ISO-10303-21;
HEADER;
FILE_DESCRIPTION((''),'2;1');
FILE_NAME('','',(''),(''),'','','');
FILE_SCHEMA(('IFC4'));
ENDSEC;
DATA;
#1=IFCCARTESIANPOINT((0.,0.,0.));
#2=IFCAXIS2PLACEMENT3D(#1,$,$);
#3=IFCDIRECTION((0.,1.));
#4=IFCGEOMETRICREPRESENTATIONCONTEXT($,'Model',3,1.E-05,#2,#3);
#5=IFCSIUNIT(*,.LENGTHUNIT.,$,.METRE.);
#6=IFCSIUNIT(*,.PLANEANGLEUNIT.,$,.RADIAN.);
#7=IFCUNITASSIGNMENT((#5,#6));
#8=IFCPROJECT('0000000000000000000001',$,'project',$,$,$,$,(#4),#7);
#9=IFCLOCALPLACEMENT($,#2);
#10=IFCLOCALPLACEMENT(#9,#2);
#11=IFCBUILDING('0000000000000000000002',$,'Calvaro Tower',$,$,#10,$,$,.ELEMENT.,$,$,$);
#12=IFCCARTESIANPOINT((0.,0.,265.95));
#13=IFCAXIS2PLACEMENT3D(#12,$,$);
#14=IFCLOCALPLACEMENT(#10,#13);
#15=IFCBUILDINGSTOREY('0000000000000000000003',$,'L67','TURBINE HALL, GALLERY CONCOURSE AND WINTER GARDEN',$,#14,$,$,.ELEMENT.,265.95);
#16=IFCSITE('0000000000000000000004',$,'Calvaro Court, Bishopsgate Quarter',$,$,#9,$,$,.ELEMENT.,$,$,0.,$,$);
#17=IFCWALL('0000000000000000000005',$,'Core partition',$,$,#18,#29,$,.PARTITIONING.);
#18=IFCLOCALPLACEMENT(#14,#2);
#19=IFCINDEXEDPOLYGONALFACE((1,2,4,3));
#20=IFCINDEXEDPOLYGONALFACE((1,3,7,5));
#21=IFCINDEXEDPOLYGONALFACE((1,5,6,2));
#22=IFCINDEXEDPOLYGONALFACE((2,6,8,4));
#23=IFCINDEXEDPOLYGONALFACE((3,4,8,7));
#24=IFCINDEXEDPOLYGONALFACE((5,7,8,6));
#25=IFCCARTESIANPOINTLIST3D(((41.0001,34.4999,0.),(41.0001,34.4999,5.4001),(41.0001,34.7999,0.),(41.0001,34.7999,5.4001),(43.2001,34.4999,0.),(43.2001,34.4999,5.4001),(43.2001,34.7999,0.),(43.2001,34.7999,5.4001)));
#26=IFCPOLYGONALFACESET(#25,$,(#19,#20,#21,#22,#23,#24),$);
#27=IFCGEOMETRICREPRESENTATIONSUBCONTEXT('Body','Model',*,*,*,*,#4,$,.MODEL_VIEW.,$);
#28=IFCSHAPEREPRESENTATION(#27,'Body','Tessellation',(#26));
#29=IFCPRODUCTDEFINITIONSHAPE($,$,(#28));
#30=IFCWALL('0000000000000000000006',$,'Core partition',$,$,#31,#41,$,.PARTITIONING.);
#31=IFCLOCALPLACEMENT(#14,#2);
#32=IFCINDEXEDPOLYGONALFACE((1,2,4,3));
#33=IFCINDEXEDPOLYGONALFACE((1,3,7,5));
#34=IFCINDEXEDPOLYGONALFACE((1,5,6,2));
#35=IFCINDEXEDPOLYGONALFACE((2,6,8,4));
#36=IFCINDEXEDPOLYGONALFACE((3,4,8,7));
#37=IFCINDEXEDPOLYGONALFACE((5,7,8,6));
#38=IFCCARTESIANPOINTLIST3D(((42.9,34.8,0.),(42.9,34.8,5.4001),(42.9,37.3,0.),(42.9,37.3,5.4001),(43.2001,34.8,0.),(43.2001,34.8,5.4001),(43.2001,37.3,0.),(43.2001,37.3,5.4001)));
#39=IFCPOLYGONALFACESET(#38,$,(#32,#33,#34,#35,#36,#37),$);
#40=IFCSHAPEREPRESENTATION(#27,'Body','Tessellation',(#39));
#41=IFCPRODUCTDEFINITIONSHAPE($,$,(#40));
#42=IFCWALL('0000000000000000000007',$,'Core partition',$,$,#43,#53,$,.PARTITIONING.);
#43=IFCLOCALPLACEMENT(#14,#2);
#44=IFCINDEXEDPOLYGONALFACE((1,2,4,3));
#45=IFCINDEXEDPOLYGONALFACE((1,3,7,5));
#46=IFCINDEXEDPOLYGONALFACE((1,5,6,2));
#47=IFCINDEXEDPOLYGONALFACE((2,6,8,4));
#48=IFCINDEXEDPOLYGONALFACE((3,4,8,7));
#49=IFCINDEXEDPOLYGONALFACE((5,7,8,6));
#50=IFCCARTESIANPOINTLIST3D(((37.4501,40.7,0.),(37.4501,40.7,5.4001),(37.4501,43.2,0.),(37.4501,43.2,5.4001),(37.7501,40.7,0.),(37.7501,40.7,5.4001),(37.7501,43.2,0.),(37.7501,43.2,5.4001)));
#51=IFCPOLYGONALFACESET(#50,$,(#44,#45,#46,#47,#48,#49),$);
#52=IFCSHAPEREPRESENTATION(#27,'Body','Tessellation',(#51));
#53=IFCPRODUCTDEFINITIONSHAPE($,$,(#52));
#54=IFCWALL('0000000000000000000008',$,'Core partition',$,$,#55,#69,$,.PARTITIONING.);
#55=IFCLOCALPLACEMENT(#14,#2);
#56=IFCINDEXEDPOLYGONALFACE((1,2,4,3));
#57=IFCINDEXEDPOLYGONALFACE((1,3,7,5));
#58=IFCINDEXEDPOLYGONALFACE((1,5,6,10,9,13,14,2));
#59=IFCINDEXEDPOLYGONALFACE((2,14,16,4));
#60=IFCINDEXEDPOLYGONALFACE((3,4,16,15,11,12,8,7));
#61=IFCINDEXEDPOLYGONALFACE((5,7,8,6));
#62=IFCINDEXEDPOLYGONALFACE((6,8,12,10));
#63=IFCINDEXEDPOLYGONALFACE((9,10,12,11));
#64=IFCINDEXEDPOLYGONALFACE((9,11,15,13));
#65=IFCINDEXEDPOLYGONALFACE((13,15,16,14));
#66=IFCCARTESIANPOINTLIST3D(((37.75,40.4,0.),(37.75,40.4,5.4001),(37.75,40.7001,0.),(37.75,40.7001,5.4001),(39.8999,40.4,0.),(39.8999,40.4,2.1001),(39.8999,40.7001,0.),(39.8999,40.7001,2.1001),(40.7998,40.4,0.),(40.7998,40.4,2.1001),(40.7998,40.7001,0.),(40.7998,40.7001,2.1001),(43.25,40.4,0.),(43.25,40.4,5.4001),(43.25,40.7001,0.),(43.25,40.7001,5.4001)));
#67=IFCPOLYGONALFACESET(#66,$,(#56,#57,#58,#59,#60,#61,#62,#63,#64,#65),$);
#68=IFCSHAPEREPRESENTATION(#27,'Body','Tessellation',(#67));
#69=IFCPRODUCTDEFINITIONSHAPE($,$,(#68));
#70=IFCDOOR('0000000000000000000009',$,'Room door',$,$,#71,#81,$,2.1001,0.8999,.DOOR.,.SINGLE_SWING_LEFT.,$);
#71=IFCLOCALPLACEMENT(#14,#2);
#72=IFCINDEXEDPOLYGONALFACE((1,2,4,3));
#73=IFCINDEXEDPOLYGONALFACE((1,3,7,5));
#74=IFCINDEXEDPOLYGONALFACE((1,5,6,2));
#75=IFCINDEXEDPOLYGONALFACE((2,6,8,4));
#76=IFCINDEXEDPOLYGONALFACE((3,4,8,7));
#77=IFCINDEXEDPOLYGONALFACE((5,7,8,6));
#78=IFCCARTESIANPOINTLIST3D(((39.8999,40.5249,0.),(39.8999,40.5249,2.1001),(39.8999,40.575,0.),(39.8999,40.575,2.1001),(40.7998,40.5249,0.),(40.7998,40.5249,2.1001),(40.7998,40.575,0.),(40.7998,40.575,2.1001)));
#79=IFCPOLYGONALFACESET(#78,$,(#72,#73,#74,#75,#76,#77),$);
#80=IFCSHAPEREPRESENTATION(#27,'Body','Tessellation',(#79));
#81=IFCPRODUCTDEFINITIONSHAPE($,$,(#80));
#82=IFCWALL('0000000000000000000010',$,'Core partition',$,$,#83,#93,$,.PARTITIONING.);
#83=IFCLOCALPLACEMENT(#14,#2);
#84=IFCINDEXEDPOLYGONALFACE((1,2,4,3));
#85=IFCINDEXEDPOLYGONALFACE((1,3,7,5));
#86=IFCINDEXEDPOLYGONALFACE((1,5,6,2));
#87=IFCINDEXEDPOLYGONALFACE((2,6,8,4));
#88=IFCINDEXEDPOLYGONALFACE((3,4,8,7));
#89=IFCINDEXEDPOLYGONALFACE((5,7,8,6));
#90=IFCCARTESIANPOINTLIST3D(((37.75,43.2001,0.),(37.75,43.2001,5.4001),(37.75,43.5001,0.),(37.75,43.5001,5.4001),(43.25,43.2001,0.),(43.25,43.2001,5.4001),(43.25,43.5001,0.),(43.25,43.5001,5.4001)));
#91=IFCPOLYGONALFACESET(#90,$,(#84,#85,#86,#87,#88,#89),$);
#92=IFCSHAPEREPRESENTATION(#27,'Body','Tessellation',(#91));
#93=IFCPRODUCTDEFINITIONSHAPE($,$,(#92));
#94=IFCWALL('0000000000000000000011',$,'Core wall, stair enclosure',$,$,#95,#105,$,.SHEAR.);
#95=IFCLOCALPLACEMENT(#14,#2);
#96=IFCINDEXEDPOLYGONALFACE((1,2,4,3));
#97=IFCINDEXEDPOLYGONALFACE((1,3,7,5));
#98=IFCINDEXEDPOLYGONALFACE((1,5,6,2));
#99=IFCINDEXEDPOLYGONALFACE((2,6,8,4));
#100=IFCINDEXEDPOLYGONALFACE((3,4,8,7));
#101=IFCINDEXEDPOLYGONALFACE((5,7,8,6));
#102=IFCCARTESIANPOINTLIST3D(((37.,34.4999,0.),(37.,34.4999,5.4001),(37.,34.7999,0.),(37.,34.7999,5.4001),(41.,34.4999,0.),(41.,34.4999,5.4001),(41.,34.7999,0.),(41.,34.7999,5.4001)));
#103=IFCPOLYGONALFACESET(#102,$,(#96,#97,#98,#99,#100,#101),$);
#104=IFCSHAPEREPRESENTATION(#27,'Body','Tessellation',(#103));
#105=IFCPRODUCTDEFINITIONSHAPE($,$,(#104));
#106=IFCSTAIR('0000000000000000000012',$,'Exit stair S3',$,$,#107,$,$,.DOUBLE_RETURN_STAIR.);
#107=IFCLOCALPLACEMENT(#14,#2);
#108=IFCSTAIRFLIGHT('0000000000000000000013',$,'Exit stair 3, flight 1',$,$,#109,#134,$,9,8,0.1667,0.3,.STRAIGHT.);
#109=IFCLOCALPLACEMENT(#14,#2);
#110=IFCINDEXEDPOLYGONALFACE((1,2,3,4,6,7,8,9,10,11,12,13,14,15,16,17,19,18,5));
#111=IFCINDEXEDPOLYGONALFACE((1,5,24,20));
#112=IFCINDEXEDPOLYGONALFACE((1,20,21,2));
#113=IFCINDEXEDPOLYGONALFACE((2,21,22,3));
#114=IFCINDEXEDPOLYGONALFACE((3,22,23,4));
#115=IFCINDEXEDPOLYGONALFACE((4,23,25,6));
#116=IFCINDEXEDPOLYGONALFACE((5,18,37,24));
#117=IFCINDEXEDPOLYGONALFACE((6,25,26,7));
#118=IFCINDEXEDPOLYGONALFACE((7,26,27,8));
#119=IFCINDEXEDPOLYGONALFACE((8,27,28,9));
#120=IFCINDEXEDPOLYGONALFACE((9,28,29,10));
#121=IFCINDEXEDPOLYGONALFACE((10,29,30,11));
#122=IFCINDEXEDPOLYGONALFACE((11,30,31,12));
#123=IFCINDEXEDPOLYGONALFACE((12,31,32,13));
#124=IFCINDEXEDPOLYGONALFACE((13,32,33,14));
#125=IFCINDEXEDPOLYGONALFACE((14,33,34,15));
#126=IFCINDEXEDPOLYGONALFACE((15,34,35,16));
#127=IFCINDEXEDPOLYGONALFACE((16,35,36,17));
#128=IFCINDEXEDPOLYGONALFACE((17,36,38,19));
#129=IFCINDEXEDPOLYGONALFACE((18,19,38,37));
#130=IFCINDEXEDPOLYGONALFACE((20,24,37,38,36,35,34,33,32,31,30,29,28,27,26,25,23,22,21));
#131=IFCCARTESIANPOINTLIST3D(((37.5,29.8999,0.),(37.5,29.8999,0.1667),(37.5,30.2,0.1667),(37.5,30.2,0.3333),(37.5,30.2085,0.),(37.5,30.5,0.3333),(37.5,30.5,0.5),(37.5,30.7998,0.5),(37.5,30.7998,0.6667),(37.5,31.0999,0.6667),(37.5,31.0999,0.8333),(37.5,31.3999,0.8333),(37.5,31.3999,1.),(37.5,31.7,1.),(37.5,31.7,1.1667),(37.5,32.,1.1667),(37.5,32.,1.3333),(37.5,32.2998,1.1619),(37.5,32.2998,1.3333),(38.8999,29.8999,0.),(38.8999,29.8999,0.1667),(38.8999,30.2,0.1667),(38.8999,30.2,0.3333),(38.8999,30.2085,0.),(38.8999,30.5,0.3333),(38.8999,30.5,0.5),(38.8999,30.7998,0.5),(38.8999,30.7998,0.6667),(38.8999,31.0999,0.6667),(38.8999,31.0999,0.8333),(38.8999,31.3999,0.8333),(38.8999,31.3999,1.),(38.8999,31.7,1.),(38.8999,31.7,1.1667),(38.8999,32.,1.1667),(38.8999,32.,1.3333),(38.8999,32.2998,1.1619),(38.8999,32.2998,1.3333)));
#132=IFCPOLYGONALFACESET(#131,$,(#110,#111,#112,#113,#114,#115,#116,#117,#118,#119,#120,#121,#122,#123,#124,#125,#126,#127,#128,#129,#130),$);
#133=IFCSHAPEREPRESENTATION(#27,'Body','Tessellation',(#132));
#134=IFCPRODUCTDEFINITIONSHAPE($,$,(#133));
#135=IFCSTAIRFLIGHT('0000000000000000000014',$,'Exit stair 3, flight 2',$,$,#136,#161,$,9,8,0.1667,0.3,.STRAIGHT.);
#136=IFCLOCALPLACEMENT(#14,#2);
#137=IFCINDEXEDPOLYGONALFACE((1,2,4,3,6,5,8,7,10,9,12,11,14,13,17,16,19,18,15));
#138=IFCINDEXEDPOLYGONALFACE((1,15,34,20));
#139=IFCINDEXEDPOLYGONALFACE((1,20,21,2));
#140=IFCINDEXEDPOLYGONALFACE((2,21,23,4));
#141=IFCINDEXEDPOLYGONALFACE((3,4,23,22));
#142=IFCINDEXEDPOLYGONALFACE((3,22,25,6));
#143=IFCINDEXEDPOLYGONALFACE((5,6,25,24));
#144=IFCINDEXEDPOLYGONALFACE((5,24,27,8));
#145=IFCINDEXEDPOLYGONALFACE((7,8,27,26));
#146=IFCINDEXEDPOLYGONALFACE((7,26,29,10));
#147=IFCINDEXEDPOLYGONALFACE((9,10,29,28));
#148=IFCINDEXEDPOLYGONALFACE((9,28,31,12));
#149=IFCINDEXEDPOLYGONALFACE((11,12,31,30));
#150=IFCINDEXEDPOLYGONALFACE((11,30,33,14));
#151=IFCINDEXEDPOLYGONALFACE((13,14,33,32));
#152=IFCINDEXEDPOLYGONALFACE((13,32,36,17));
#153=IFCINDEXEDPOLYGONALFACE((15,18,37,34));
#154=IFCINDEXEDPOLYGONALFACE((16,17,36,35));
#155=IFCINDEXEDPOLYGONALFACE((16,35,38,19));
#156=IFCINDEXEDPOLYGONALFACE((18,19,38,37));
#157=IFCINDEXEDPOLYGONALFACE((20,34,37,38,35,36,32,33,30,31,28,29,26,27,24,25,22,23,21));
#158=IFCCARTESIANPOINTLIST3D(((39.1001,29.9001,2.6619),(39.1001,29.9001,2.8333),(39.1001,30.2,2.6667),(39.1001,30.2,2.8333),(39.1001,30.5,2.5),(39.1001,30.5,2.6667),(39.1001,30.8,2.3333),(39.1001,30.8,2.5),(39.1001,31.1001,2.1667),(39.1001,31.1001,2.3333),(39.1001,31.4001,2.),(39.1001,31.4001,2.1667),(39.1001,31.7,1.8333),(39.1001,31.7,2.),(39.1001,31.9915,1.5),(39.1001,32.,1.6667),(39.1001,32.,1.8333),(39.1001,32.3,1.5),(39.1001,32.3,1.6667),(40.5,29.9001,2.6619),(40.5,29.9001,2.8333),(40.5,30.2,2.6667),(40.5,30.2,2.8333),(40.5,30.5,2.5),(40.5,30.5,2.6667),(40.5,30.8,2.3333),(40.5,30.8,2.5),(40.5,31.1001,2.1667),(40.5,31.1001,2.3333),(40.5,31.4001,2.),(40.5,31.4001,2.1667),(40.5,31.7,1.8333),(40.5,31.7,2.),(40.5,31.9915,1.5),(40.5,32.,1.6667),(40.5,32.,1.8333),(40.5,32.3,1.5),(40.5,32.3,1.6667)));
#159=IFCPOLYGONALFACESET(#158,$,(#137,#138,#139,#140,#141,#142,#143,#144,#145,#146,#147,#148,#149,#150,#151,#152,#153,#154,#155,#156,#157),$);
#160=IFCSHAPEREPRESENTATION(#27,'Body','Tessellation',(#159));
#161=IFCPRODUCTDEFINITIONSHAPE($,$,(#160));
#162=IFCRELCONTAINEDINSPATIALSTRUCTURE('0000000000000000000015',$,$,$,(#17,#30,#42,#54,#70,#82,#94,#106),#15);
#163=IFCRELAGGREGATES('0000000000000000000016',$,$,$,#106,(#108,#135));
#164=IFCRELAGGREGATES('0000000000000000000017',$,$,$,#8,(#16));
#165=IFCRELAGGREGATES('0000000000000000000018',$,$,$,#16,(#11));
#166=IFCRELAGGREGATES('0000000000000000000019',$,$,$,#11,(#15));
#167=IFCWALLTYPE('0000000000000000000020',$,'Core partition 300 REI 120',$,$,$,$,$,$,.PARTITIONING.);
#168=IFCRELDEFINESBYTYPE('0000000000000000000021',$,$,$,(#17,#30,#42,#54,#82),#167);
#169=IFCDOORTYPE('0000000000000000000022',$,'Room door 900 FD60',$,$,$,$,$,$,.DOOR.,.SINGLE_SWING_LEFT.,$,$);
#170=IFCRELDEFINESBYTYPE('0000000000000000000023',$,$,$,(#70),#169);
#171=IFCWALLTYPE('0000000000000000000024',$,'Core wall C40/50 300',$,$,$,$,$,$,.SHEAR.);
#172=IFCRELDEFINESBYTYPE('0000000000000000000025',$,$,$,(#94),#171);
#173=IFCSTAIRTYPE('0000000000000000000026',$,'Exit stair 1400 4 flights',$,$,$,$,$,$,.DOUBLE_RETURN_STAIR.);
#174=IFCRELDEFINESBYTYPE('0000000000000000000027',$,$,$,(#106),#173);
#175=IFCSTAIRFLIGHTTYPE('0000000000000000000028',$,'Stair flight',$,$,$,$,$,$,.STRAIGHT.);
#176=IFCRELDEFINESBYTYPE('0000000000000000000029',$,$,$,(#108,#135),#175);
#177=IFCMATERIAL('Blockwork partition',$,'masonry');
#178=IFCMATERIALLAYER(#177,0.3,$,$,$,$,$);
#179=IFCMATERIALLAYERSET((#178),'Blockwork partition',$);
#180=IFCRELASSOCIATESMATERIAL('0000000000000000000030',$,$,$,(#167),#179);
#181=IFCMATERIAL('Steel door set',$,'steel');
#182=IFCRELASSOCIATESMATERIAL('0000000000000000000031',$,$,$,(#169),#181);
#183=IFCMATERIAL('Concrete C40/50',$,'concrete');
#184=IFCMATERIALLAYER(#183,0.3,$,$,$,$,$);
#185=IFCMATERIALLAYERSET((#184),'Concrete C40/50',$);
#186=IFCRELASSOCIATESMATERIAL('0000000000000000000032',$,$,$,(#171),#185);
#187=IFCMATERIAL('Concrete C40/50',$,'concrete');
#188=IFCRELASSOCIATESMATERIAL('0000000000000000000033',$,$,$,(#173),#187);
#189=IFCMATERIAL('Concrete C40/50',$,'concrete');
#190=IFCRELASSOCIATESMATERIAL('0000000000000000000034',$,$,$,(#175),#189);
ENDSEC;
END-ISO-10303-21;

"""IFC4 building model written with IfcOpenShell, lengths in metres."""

from ifc_helpers import new_model, si_unit, direction, frame, frame_2d, origin, place, context, subcontext, project, spatial, polyline, rectangle, outline, extrude, material, layer, layer_set, type_object, element, fill, aggregate, save


model = new_model("IFC4")

# Units and contexts
model_context = context("Model", 3, precision=1e-05, world=origin(), true_north=direction((0.0, 1.0)))
body_context = subcontext(model_context, "Body", "Model", "MODEL_VIEW")
ifc_project = project(units=[si_unit("LENGTHUNIT", "METRE"), si_unit("PLANEANGLEUNIT", "RADIAN")], contexts=[model_context])

# Site, building, storey
site_placement = place(None, origin())
site = spatial("IfcSite", under=ifc_project, at=site_placement, Name="Calvaro Court, Bishopsgate Quarter", CompositionType="ELEMENT", RefElevation=0.0)
building_placement = place(site_placement, origin())
building = spatial("IfcBuilding", under=site, at=building_placement, Name="Calvaro Tower", CompositionType="ELEMENT")
storey_placement = place(building_placement, frame((0.0, 0.0, 265.95)))
storey = spatial("IfcBuildingStorey", under=building, at=storey_placement, Name="L67", Description="TURBINE HALL, GALLERY CONCOURSE AND WINTER GARDEN", CompositionType="ELEMENT", Elevation=265.95)

# Walls
ifc_material_1 = material(Name="Blockwork partition", Category="masonry")
ifc_layer_1 = layer(ifc_material_1, 0.3)
ifc_layer_set_1 = layer_set([ifc_layer_1], Name="Blockwork partition")
wall_type_1 = type_object("IfcWallType", Name="Core partition 300 REI 120", PredefinedType="PARTITIONING", material=ifc_layer_set_1)
wall_1_placement = place(storey_placement, frame((41.0, 34.6499, 0.0), z_axis=(0.0, 0.0, 1.0), x_axis=(1.0, 0.0, 0.0)))
element("IfcWall", 1, at=wall_1_placement, inside=storey, type_object=wall_type_1, Name="Core partition", PredefinedType="PARTITIONING", context=body_context, shape_type="SweptSolid", body=[
    extrude(rectangle(XDim=2.2, YDim=0.3, at=frame_2d((1.1001, 0.0))), origin(), (0.0, 0.0, 1.0), 5.4001),
])
for number, where, z_axis, x_axis, name in (
    (2, (43.05, 34.8, 0.0), (0.0, 0.0, 1.0), (0.0, 1.0, 0.0), "Core partition"),
    (3, (37.6001, 40.7, 0.0), (0.0, 0.0, 1.0), (0.0, 1.0, 0.0), "Core partition"),
):
    element("IfcWall", number, at=place(storey_placement, frame(where, z_axis=z_axis, x_axis=x_axis)), inside=storey, type_object=wall_type_1, Name=name, PredefinedType="PARTITIONING", context=body_context, shape_type="SweptSolid", body=[
        extrude(rectangle(XDim=2.5, YDim=0.3, at=frame_2d((1.25, 0.0))), origin(), (0.0, 0.0, 1.0), 5.4001),
    ])

# Wall, opening, door
wall_2_placement = place(storey_placement, frame((37.75, 40.55, 0.0), z_axis=(0.0, 0.0, 1.0), x_axis=(1.0, 0.0, 0.0)))
wall_2 = element("IfcWall", 4, at=wall_2_placement, inside=storey, type_object=wall_type_1, Name="Core partition", PredefinedType="PARTITIONING", context=body_context, shape_type="SweptSolid", body=[
    extrude(rectangle(XDim=5.5, YDim=0.3, at=frame_2d((2.75, 0.0))), origin(), (0.0, 0.0, 1.0), 5.4001),
])
opening_placement = place(wall_2_placement, frame((2.1499, 0.0, 0.0)))
opening = element("IfcOpeningElement", 5, at=opening_placement, cuts=wall_2, PredefinedType="OPENING", context=body_context, shape_type="SweptSolid", body=[
    extrude(rectangle(XDim=0.8999, YDim=2.1001, at=frame_2d((0.45, 1.05))), frame((0.0, 0.1599, 0.0), z_axis=(0.0, -1.0, 0.0), x_axis=(1.0, 0.0, 0.0)), (0.0, 0.0, 1.0), 0.3201),
])
ifc_material_2 = material(Name="Steel door set", Category="steel")
door_type = type_object("IfcDoorType", Name="Room door 900 FD60", OperationType="SINGLE_SWING_LEFT", PredefinedType="DOOR", material=ifc_material_2)
door_placement = place(opening_placement, origin())
door = element("IfcDoor", 6, at=door_placement, inside=storey, type_object=door_type, Name="Room door", OperationType="SINGLE_SWING_LEFT", OverallHeight=2.1001, OverallWidth=0.8999, PredefinedType="DOOR", context=body_context, shape_type="SweptSolid", body=[
    extrude(rectangle(XDim=0.8999, YDim=2.1001, at=frame_2d((0.45, 1.05))), frame((0.0, 0.0249, 0.0), z_axis=(0.0, -1.0, 0.0), x_axis=(1.0, 0.0, 0.0)), (0.0, 0.0, 1.0), 0.05),
])
fill(opening, door)

# Walls
wall_3_placement = place(storey_placement, frame((37.75, 43.3501, 0.0), z_axis=(0.0, 0.0, 1.0), x_axis=(1.0, 0.0, 0.0)))
element("IfcWall", 7, at=wall_3_placement, inside=storey, type_object=wall_type_1, Name="Core partition", PredefinedType="PARTITIONING", context=body_context, shape_type="SweptSolid", body=[
    extrude(rectangle(XDim=5.5, YDim=0.3, at=frame_2d((2.75, 0.0))), origin(), (0.0, 0.0, 1.0), 5.4001),
])
ifc_material_3 = material(Name="Concrete C40/50", Category="concrete")
ifc_layer_2 = layer(ifc_material_3, 0.3)
ifc_layer_set_2 = layer_set([ifc_layer_2], Name="Concrete C40/50")
wall_type_2 = type_object("IfcWallType", Name="Core wall C40/50 300", PredefinedType="SHEAR", material=ifc_layer_set_2)
wall_4_placement = place(storey_placement, frame((37.0, 34.6499, 0.0), z_axis=(0.0, 0.0, 1.0), x_axis=(1.0, 0.0, 0.0)))
element("IfcWall", 8, at=wall_4_placement, inside=storey, type_object=wall_type_2, Name="Core wall, stair enclosure", PredefinedType="SHEAR", context=body_context, shape_type="SweptSolid", body=[
    extrude(rectangle(XDim=4.0, YDim=0.3, at=frame_2d((2.0, 0.0))), origin(), (0.0, 0.0, 1.0), 5.4001),
])

# Stair, stair flights
ifc_material_4 = material(Name="Concrete C40/50", Category="concrete")
stair_type = type_object("IfcStairType", Name="Exit stair 1400 4 flights", PredefinedType="DOUBLE_RETURN_STAIR", material=ifc_material_4)
stair_placement = place(storey_placement, origin())
stair = element("IfcStair", 9, at=stair_placement, inside=storey, type_object=stair_type, Name="Exit stair S3", PredefinedType="DOUBLE_RETURN_STAIR")
ifc_material_5 = material(Name="Concrete C40/50", Category="concrete")
stair_flight_type = type_object("IfcStairFlightType", Name="Stair flight", PredefinedType="STRAIGHT", material=ifc_material_5)
stair_flight_1_placement = place(storey_placement, frame((38.2, 29.8999, 0.0), z_axis=(0.0, 0.0, 1.0), x_axis=(0.0, 1.0, 0.0)))
stair_flight_1 = element("IfcStairFlight", 10, at=stair_flight_1_placement, type_object=stair_flight_type, Name="Exit stair 3, flight 1", NumberOfRisers=9, NumberOfTreads=8, PredefinedType="STRAIGHT", RiserHeight=0.1667, TreadLength=0.3, context=body_context, shape_type="SweptSolid", body=[
    extrude(outline(polyline([(0.0, 0.0), (0.0, 0.1667), (0.3, 0.1667), (0.3, 0.3333), (0.6001, 0.3333), (0.6001, 0.5), (0.8999, 0.5), (0.8999, 0.6667), (1.2, 0.6667), (1.2, 0.8333), (1.5, 0.8333), (1.5, 1.0), (1.8, 1.0), (1.8, 1.1667), (2.1001, 1.1667), (2.1001, 1.3333), (2.3999, 1.3333), (2.3999, 1.5), (2.3999, 1.1619), (0.3086, 0.0), (0.0, 0.0)])), frame((0.0, 0.7, 0.0), z_axis=(0.0, -1.0, 0.0), x_axis=(1.0, 0.0, 0.0)), (0.0, 0.0, 1.0), 1.3999),
])
stair_flight_2_placement = place(storey_placement, frame((39.8, 32.3, 1.5), z_axis=(0.0, 0.0, 1.0), x_axis=(0.0, -1.0, 0.0)))
stair_flight_2 = element("IfcStairFlight", 11, at=stair_flight_2_placement, type_object=stair_flight_type, Name="Exit stair 3, flight 2", NumberOfRisers=9, NumberOfTreads=8, PredefinedType="STRAIGHT", RiserHeight=0.1667, TreadLength=0.3, context=body_context, shape_type="SweptSolid", body=[
    extrude(outline(polyline([(0.0, 0.0), (0.0, 0.1667), (0.3, 0.1667), (0.3, 0.3333), (0.6001, 0.3333), (0.6001, 0.5), (0.8999, 0.5), (0.8999, 0.6667), (1.2, 0.6667), (1.2, 0.8333), (1.5, 0.8333), (1.5, 1.0), (1.8, 1.0), (1.8, 1.1667), (2.1001, 1.1667), (2.1001, 1.3333), (2.3999, 1.3333), (2.3999, 1.5), (2.3999, 1.1619), (0.3086, 0.0), (0.0, 0.0)])), frame((0.0, 0.7, 0.0), z_axis=(0.0, -1.0, 0.0), x_axis=(1.0, 0.0, 0.0)), (0.0, 0.0, 1.0), 1.3999),
])
aggregate(stair, [stair_flight_1, stair_flight_2])

save(model, "model.ifc")
